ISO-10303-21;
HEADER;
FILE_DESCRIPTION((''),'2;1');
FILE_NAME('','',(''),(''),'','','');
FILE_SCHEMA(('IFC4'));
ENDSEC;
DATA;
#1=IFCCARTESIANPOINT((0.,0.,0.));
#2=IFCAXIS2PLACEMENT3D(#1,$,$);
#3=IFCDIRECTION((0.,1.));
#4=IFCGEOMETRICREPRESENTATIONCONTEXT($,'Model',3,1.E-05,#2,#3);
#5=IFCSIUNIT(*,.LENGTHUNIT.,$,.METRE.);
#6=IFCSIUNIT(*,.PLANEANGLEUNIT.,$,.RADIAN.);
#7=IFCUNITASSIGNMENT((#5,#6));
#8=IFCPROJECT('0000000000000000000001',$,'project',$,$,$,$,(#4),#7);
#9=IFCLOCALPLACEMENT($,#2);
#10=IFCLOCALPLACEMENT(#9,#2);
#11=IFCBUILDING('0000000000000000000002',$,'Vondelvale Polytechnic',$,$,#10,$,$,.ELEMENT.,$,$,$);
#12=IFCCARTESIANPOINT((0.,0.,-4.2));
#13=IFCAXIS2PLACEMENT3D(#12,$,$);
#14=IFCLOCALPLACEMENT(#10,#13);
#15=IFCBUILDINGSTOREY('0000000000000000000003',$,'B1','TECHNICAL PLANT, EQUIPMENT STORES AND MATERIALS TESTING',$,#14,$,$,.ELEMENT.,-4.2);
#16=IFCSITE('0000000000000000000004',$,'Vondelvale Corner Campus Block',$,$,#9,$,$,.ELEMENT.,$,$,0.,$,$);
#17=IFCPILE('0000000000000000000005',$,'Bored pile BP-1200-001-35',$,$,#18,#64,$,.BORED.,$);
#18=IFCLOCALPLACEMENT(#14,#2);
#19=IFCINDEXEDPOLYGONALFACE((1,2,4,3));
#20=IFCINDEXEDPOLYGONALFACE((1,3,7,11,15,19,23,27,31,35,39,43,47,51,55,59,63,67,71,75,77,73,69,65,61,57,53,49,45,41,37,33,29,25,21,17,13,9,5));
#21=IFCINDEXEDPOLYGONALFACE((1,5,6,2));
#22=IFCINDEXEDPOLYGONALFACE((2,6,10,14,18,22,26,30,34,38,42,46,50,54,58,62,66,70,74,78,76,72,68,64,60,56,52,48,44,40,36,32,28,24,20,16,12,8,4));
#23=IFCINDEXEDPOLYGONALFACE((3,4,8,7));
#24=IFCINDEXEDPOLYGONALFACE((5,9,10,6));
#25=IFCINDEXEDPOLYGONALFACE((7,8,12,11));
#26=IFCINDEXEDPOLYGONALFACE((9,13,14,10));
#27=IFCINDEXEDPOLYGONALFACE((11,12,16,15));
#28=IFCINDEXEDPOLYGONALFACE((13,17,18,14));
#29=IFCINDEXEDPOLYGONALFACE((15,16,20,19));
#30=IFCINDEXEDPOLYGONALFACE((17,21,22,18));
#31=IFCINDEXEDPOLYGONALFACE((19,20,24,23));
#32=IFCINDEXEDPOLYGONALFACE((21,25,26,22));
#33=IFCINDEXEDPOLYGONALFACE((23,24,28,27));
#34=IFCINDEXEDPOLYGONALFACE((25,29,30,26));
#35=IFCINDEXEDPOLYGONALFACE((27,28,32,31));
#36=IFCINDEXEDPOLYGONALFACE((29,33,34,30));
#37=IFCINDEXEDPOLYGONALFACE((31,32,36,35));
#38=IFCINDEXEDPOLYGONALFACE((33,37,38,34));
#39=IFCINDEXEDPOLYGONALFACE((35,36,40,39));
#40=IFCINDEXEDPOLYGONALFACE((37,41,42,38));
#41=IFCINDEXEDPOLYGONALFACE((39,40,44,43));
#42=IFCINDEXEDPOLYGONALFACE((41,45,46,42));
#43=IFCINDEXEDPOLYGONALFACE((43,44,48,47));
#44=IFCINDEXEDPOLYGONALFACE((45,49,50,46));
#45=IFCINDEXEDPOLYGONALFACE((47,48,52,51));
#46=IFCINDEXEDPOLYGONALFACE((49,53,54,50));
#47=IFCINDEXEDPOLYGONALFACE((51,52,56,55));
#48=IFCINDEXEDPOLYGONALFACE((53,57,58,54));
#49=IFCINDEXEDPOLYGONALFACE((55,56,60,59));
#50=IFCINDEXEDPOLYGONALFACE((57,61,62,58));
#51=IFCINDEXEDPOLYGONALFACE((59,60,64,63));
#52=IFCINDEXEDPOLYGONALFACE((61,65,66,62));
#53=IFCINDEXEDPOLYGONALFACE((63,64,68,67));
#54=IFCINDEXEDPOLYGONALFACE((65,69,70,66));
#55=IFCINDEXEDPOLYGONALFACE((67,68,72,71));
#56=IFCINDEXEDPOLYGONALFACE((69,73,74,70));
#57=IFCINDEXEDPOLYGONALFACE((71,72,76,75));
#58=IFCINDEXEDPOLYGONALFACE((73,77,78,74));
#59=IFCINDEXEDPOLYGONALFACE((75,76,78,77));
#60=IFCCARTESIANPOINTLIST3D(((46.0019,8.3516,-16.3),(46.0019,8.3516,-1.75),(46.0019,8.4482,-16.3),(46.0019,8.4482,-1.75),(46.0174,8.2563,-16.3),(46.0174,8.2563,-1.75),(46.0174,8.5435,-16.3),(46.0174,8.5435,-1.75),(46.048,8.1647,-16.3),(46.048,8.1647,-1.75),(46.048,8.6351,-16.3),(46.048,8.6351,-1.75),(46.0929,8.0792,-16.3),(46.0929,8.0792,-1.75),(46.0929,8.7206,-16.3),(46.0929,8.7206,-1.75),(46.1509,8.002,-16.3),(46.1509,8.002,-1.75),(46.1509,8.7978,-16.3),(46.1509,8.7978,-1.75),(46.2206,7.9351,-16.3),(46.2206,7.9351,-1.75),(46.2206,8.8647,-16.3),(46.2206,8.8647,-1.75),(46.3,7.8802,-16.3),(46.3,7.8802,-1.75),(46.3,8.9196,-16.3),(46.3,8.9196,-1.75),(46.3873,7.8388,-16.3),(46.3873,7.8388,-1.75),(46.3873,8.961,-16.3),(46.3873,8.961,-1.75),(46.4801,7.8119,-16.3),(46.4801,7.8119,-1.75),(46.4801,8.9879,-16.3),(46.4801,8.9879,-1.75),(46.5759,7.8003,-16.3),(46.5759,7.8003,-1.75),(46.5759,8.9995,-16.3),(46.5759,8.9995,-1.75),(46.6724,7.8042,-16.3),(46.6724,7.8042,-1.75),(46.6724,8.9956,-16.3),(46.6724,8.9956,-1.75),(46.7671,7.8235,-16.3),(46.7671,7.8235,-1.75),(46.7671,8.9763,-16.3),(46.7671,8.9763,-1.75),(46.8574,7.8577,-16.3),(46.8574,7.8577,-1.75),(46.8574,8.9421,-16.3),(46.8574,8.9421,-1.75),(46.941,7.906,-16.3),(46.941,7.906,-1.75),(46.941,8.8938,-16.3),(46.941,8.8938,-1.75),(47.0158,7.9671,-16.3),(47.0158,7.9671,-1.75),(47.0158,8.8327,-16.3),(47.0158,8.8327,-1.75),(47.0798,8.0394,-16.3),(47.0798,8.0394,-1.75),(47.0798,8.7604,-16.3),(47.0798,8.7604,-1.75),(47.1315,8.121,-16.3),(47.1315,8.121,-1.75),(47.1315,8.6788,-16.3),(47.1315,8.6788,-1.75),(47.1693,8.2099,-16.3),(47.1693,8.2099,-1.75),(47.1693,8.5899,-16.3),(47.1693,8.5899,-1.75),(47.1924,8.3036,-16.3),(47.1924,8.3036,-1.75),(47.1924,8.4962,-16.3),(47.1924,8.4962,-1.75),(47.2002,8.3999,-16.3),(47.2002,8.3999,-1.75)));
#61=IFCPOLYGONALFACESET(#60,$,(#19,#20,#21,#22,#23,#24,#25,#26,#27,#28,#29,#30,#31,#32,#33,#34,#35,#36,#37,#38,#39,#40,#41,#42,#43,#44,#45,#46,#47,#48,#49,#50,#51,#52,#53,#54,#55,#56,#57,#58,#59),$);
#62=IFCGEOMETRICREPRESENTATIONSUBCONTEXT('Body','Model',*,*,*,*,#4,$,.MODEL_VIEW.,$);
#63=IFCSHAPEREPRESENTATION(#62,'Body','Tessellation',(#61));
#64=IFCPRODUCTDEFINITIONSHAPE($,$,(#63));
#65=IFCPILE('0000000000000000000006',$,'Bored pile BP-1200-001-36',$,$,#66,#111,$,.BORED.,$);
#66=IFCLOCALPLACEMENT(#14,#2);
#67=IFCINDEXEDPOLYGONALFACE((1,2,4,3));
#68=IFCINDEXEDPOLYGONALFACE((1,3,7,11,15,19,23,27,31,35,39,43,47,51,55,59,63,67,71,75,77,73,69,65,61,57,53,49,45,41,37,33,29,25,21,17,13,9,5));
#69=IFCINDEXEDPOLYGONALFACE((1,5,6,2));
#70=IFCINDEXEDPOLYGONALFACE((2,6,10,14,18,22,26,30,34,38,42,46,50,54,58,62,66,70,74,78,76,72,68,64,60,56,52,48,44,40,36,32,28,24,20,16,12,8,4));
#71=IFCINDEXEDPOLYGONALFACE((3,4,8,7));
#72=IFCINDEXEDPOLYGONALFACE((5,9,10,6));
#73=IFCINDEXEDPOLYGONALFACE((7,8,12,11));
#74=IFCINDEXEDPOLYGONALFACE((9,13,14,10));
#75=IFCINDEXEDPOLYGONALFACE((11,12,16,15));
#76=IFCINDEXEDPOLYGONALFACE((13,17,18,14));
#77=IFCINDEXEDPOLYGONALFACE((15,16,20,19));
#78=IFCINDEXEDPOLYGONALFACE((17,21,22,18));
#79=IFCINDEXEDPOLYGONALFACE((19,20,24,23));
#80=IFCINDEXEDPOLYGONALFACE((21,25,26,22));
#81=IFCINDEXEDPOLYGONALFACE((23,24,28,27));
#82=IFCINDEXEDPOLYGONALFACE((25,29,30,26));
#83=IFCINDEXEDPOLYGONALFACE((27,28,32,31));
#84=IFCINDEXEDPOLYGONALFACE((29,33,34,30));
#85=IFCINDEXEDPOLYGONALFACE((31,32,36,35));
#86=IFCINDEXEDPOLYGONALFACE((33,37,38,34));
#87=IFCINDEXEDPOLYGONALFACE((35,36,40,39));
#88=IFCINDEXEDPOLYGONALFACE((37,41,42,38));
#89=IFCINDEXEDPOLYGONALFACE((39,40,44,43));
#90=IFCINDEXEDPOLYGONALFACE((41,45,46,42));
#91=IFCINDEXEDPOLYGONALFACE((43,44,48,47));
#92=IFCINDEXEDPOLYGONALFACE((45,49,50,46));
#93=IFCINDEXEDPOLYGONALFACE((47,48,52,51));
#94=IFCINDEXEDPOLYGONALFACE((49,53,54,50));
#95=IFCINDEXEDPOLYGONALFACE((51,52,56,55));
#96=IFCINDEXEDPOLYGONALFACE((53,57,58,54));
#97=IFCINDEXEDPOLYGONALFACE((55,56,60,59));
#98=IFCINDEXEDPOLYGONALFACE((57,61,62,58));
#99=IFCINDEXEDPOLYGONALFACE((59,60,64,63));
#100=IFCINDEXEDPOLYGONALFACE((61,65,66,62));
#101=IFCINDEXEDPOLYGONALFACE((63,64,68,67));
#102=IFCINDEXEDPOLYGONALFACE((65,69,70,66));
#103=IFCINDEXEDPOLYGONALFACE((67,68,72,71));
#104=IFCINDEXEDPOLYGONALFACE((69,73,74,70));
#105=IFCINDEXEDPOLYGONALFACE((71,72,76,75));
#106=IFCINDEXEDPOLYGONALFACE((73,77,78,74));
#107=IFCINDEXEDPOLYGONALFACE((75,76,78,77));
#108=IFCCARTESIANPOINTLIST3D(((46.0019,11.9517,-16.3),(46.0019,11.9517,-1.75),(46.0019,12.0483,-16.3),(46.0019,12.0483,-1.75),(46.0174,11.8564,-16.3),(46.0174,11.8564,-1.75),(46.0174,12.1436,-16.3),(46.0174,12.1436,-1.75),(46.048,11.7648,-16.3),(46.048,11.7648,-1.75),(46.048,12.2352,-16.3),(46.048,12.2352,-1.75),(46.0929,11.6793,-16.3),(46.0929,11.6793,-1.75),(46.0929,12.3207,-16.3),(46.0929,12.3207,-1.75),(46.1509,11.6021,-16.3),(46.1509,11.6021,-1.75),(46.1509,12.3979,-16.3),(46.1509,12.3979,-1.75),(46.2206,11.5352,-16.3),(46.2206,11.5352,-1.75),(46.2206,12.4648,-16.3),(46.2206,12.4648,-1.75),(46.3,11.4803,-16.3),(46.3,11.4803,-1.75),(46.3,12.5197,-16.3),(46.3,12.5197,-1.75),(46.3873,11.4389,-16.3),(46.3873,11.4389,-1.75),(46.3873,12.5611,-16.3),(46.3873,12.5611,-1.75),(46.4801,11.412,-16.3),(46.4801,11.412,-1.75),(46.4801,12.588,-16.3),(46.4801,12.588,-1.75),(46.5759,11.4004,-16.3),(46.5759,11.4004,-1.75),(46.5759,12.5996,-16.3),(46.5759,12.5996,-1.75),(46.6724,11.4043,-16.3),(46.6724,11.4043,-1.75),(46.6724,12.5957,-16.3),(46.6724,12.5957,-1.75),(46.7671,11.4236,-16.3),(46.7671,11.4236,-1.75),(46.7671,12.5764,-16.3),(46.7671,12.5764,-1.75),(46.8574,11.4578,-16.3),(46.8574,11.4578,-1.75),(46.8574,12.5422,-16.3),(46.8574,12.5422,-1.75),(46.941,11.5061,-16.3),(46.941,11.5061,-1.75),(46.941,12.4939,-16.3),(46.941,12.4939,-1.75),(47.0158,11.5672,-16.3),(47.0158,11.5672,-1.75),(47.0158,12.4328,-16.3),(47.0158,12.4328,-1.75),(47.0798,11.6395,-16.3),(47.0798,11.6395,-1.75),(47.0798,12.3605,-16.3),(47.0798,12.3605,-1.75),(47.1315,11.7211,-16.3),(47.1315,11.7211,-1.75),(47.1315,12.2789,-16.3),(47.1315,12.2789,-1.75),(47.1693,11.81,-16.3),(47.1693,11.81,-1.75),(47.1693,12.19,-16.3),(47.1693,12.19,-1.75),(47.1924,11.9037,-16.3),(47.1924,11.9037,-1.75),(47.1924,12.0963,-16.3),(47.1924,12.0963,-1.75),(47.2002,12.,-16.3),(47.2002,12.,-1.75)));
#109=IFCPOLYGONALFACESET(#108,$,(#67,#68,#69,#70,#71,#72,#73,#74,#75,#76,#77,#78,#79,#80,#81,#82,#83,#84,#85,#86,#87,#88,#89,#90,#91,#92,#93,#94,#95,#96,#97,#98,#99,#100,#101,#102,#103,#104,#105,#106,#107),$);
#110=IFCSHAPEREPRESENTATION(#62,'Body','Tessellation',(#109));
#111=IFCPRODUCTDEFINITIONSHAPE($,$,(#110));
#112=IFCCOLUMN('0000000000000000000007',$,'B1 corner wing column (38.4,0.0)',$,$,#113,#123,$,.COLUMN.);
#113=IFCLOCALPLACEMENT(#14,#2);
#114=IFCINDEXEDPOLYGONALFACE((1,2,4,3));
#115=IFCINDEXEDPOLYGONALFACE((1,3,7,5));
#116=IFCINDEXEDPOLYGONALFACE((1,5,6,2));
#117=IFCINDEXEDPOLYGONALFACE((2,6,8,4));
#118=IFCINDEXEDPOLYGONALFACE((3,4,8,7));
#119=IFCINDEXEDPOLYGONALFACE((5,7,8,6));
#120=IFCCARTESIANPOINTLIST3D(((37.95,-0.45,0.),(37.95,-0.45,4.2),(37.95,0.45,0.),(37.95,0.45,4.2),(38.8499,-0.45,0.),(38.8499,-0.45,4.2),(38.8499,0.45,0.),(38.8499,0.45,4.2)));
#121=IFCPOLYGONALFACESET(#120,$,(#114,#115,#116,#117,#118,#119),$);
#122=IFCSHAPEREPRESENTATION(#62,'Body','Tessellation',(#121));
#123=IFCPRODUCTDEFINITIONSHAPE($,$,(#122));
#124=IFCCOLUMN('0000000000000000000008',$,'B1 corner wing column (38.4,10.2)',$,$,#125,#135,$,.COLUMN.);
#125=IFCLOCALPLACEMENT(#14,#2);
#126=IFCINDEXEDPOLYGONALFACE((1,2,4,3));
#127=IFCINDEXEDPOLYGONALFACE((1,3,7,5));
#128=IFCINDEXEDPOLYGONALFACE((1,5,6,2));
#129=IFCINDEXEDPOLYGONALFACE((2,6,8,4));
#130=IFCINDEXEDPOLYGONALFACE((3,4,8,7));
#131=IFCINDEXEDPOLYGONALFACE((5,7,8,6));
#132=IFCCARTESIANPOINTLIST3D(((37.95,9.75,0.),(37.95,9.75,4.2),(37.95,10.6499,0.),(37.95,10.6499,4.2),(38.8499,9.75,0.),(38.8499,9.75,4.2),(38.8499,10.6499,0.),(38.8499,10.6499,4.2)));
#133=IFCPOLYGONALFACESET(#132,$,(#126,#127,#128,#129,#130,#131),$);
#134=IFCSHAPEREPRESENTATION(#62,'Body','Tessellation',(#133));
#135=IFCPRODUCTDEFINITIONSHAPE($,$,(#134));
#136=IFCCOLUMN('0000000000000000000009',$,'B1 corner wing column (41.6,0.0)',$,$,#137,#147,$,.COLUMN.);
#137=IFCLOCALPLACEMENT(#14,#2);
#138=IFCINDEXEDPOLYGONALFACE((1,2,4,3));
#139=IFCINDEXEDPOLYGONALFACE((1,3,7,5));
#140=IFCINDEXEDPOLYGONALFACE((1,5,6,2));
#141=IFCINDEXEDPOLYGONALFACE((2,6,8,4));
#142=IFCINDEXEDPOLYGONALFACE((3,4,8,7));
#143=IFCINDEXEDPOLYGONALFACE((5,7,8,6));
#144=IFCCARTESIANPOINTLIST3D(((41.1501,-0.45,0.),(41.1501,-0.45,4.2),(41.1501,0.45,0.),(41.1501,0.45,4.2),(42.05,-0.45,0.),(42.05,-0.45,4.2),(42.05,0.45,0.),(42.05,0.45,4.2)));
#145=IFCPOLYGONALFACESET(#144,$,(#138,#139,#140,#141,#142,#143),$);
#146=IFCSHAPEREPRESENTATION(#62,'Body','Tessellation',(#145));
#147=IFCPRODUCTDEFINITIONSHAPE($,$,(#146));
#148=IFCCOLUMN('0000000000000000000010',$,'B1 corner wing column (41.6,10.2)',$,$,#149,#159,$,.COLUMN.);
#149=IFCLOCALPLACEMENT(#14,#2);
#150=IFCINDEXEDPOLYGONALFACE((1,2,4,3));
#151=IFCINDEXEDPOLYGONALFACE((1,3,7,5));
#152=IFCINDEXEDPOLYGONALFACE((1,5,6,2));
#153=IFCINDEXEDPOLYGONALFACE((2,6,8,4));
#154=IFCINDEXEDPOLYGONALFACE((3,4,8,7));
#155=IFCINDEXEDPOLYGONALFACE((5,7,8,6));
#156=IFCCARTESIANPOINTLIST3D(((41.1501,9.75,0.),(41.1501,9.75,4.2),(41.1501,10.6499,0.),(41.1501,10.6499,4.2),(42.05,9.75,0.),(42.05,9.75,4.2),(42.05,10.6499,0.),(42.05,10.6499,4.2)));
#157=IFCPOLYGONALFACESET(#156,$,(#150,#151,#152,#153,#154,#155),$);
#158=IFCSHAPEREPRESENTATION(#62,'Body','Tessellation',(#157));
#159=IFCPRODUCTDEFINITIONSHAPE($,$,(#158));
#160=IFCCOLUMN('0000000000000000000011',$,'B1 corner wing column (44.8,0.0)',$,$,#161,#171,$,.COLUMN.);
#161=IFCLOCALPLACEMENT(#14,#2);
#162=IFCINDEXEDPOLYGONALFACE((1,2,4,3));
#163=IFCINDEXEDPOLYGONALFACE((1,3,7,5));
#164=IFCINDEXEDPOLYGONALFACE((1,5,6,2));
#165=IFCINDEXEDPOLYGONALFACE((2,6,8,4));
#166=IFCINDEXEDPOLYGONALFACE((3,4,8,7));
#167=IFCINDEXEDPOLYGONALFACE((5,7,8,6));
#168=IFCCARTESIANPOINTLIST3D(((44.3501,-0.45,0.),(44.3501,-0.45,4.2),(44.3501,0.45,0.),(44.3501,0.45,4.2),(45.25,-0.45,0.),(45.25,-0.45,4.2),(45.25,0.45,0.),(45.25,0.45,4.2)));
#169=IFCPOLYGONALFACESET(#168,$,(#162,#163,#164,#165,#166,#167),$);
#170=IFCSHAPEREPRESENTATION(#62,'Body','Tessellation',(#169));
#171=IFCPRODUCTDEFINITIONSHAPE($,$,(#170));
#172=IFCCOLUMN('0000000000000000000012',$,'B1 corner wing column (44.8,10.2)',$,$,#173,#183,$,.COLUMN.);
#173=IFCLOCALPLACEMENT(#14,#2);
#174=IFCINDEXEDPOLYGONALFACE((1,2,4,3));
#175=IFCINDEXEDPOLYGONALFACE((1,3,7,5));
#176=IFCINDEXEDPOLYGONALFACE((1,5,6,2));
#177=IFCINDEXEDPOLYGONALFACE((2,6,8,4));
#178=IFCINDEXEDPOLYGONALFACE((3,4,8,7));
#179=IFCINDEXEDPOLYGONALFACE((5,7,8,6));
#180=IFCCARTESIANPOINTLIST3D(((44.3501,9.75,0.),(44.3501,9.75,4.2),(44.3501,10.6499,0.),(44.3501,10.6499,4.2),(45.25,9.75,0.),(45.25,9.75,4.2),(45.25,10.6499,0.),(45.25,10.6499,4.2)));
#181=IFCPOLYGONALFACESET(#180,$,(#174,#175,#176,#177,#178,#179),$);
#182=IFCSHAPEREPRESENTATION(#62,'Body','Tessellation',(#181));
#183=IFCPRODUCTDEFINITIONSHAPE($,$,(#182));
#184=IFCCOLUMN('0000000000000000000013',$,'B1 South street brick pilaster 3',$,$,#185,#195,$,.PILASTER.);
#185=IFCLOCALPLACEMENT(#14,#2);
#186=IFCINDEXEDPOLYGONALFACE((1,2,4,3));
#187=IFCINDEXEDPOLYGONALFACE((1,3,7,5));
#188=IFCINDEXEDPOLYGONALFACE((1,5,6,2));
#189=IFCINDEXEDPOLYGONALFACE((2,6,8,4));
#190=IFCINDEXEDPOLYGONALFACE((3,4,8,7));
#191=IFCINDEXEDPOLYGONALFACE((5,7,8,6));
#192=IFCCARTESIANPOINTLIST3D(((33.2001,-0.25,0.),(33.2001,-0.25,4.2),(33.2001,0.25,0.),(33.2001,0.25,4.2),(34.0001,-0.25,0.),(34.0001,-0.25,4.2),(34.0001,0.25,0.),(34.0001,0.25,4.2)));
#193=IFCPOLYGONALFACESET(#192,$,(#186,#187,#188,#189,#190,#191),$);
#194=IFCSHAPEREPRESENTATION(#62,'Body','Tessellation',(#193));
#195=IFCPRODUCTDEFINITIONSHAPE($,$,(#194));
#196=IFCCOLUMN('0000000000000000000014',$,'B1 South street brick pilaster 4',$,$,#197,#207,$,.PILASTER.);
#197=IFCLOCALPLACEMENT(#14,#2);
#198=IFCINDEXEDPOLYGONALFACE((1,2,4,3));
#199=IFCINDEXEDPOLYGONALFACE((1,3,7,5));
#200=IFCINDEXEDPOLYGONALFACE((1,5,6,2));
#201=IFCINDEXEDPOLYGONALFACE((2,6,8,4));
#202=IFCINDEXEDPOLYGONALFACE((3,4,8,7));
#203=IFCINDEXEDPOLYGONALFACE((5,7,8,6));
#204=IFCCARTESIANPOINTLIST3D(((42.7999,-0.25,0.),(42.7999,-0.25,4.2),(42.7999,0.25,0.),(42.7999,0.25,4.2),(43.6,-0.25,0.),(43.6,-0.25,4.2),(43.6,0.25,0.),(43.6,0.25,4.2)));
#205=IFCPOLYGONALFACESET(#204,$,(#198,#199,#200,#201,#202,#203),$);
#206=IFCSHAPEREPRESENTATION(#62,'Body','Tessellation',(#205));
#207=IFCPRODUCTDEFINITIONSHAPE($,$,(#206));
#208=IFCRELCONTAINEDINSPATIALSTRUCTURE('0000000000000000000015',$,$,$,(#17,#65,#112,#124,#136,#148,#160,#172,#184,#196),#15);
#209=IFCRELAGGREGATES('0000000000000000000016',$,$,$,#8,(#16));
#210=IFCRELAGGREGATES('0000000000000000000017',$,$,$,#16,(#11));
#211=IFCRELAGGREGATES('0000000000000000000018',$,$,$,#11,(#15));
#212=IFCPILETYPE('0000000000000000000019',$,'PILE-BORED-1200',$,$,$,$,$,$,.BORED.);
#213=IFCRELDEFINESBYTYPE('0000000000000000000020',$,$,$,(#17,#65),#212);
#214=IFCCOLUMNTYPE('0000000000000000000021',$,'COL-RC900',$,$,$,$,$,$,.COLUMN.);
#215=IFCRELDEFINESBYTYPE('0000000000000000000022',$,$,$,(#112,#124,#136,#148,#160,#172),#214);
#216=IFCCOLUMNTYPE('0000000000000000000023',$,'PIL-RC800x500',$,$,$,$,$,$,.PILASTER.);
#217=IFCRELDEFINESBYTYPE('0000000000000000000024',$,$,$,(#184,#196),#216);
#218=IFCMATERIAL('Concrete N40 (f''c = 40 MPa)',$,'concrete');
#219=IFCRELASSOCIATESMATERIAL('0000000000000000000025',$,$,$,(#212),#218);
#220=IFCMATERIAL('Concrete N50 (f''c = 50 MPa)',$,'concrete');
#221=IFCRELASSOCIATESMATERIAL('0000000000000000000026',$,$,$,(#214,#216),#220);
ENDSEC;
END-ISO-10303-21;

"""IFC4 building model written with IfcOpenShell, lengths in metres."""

from ifc_helpers import new_model, si_unit, direction, frame, origin, origin_2d, place, context, subcontext, project, spatial, rectangle, circle, extrude, material, material_profile, profile_set, type_object, element, save


model = new_model("IFC4")

# Units and contexts
model_context = context("Model", 3, precision=1e-05, world=origin(), true_north=direction((0.0, 1.0)))
body_context = subcontext(model_context, "Body", "Model", "MODEL_VIEW")
ifc_project = project(units=[si_unit("LENGTHUNIT", "METRE"), si_unit("PLANEANGLEUNIT", "RADIAN")], contexts=[model_context])

# Site, building, storey
site_placement = place(None, origin())
site = spatial("IfcSite", under=ifc_project, at=site_placement, Name="Vondelvale Corner Campus Block", CompositionType="ELEMENT", RefElevation=0.0)
building_placement = place(site_placement, origin())
building = spatial("IfcBuilding", under=site, at=building_placement, Name="Vondelvale Polytechnic", CompositionType="ELEMENT")
storey_placement = place(building_placement, frame((0.0, 0.0, -4.2)))
storey = spatial("IfcBuildingStorey", under=building, at=storey_placement, Name="B1", Description="TECHNICAL PLANT, EQUIPMENT STORES AND MATERIALS TESTING", CompositionType="ELEMENT", Elevation=-4.2)

# Piles
ifc_material_1 = material(Name="Concrete N40 (f'c = 40 MPa)", Category="concrete")
ifc_material_profile_1 = material_profile(ifc_material_1, circle(Radius=0.6001, at=origin_2d()), Name="PILE-D1200")
ifc_profile_set_1 = profile_set([ifc_material_profile_1], Name="Concrete N40 (f'c = 40 MPa)")
pile_type = type_object("IfcPileType", Name="PILE-BORED-1200", PredefinedType="BORED", material=ifc_profile_set_1)
for number, where, z_axis, x_axis, name in (
    (1, (46.6001, 8.3999, -1.75), (0.0, 0.0, -1.0), (1.0, 0.0, 0.0), "Bored pile BP-1200-001-35"),
    (2, (46.6001, 12.0, -1.75), (0.0, 0.0, -1.0), (1.0, 0.0, 0.0), "Bored pile BP-1200-001-36"),
):
    element("IfcPile", number, at=place(storey_placement, frame(where, z_axis=z_axis, x_axis=x_axis)), inside=storey, type_object=pile_type, Name=name, PredefinedType="BORED", context=body_context, shape_type="SweptSolid", body=[
        extrude(circle(Radius=0.6001, at=origin_2d()), origin(), (0.0, 0.0, 1.0), 14.55),
    ])

# Columns
ifc_material_2 = material(Name="Concrete N50 (f'c = 50 MPa)", Category="concrete")
ifc_material_profile_2 = material_profile(ifc_material_2, rectangle(XDim=0.8999, YDim=0.8999, at=origin_2d()), Name="RC-COL-900x900")
ifc_profile_set_2 = profile_set([ifc_material_profile_2], Name="Concrete N50 (f'c = 50 MPa)")
column_type_1 = type_object("IfcColumnType", Name="COL-RC900", PredefinedType="COLUMN", material=ifc_profile_set_2)
for number, where, z_axis, x_axis, name in (
    (3, (38.3999, 0.0, 0.0), (0.0, 0.0, 1.0), (1.0, 0.0, 0.0), "B1 corner wing column (38.4,0.0)"),
    (4, (38.3999, 10.2, 0.0), (0.0, 0.0, 1.0), (1.0, 0.0, 0.0), "B1 corner wing column (38.4,10.2)"),
    (5, (41.6001, 0.0, 0.0), (0.0, 0.0, 1.0), (1.0, 0.0, 0.0), "B1 corner wing column (41.6,0.0)"),
    (6, (41.6001, 10.2, 0.0), (0.0, 0.0, 1.0), (1.0, 0.0, 0.0), "B1 corner wing column (41.6,10.2)"),
    (7, (44.8, 0.0, 0.0), (0.0, 0.0, 1.0), (1.0, 0.0, 0.0), "B1 corner wing column (44.8,0.0)"),
    (8, (44.8, 10.2, 0.0), (0.0, 0.0, 1.0), (1.0, 0.0, 0.0), "B1 corner wing column (44.8,10.2)"),
):
    element("IfcColumn", number, at=place(storey_placement, frame(where, z_axis=z_axis, x_axis=x_axis)), inside=storey, type_object=column_type_1, Name=name, PredefinedType="COLUMN", context=body_context, shape_type="SweptSolid", body=[
        extrude(rectangle(XDim=0.8999, YDim=0.8999, at=origin_2d()), origin(), (0.0, 0.0, 1.0), 4.2),
    ])
ifc_material_profile_3 = material_profile(ifc_material_2, rectangle(XDim=0.5, YDim=0.8, at=origin_2d()), Name="RC-PIL-800x500")
ifc_profile_set_3 = profile_set([ifc_material_profile_3], Name="Concrete N50 (f'c = 50 MPa)")
column_type_2 = type_object("IfcColumnType", Name="PIL-RC800x500", PredefinedType="PILASTER", material=ifc_profile_set_3)
for number, where, z_axis, x_axis, name in (
    (9, (33.6001, 0.0, 0.0), (0.0, 0.0, 1.0), (0.0, 1.0, 0.0), "B1 South street brick pilaster 3"),
    (10, (43.2, 0.0, 0.0), (0.0, 0.0, 1.0), (0.0, 1.0, 0.0), "B1 South street brick pilaster 4"),
):
    element("IfcColumn", number, at=place(storey_placement, frame(where, z_axis=z_axis, x_axis=x_axis)), inside=storey, type_object=column_type_2, Name=name, PredefinedType="PILASTER", context=body_context, shape_type="SweptSolid", body=[
        extrude(rectangle(XDim=0.5, YDim=0.8, at=origin_2d()), origin(), (0.0, 0.0, 1.0), 4.2),
    ])

save(model, "model.ifc")
